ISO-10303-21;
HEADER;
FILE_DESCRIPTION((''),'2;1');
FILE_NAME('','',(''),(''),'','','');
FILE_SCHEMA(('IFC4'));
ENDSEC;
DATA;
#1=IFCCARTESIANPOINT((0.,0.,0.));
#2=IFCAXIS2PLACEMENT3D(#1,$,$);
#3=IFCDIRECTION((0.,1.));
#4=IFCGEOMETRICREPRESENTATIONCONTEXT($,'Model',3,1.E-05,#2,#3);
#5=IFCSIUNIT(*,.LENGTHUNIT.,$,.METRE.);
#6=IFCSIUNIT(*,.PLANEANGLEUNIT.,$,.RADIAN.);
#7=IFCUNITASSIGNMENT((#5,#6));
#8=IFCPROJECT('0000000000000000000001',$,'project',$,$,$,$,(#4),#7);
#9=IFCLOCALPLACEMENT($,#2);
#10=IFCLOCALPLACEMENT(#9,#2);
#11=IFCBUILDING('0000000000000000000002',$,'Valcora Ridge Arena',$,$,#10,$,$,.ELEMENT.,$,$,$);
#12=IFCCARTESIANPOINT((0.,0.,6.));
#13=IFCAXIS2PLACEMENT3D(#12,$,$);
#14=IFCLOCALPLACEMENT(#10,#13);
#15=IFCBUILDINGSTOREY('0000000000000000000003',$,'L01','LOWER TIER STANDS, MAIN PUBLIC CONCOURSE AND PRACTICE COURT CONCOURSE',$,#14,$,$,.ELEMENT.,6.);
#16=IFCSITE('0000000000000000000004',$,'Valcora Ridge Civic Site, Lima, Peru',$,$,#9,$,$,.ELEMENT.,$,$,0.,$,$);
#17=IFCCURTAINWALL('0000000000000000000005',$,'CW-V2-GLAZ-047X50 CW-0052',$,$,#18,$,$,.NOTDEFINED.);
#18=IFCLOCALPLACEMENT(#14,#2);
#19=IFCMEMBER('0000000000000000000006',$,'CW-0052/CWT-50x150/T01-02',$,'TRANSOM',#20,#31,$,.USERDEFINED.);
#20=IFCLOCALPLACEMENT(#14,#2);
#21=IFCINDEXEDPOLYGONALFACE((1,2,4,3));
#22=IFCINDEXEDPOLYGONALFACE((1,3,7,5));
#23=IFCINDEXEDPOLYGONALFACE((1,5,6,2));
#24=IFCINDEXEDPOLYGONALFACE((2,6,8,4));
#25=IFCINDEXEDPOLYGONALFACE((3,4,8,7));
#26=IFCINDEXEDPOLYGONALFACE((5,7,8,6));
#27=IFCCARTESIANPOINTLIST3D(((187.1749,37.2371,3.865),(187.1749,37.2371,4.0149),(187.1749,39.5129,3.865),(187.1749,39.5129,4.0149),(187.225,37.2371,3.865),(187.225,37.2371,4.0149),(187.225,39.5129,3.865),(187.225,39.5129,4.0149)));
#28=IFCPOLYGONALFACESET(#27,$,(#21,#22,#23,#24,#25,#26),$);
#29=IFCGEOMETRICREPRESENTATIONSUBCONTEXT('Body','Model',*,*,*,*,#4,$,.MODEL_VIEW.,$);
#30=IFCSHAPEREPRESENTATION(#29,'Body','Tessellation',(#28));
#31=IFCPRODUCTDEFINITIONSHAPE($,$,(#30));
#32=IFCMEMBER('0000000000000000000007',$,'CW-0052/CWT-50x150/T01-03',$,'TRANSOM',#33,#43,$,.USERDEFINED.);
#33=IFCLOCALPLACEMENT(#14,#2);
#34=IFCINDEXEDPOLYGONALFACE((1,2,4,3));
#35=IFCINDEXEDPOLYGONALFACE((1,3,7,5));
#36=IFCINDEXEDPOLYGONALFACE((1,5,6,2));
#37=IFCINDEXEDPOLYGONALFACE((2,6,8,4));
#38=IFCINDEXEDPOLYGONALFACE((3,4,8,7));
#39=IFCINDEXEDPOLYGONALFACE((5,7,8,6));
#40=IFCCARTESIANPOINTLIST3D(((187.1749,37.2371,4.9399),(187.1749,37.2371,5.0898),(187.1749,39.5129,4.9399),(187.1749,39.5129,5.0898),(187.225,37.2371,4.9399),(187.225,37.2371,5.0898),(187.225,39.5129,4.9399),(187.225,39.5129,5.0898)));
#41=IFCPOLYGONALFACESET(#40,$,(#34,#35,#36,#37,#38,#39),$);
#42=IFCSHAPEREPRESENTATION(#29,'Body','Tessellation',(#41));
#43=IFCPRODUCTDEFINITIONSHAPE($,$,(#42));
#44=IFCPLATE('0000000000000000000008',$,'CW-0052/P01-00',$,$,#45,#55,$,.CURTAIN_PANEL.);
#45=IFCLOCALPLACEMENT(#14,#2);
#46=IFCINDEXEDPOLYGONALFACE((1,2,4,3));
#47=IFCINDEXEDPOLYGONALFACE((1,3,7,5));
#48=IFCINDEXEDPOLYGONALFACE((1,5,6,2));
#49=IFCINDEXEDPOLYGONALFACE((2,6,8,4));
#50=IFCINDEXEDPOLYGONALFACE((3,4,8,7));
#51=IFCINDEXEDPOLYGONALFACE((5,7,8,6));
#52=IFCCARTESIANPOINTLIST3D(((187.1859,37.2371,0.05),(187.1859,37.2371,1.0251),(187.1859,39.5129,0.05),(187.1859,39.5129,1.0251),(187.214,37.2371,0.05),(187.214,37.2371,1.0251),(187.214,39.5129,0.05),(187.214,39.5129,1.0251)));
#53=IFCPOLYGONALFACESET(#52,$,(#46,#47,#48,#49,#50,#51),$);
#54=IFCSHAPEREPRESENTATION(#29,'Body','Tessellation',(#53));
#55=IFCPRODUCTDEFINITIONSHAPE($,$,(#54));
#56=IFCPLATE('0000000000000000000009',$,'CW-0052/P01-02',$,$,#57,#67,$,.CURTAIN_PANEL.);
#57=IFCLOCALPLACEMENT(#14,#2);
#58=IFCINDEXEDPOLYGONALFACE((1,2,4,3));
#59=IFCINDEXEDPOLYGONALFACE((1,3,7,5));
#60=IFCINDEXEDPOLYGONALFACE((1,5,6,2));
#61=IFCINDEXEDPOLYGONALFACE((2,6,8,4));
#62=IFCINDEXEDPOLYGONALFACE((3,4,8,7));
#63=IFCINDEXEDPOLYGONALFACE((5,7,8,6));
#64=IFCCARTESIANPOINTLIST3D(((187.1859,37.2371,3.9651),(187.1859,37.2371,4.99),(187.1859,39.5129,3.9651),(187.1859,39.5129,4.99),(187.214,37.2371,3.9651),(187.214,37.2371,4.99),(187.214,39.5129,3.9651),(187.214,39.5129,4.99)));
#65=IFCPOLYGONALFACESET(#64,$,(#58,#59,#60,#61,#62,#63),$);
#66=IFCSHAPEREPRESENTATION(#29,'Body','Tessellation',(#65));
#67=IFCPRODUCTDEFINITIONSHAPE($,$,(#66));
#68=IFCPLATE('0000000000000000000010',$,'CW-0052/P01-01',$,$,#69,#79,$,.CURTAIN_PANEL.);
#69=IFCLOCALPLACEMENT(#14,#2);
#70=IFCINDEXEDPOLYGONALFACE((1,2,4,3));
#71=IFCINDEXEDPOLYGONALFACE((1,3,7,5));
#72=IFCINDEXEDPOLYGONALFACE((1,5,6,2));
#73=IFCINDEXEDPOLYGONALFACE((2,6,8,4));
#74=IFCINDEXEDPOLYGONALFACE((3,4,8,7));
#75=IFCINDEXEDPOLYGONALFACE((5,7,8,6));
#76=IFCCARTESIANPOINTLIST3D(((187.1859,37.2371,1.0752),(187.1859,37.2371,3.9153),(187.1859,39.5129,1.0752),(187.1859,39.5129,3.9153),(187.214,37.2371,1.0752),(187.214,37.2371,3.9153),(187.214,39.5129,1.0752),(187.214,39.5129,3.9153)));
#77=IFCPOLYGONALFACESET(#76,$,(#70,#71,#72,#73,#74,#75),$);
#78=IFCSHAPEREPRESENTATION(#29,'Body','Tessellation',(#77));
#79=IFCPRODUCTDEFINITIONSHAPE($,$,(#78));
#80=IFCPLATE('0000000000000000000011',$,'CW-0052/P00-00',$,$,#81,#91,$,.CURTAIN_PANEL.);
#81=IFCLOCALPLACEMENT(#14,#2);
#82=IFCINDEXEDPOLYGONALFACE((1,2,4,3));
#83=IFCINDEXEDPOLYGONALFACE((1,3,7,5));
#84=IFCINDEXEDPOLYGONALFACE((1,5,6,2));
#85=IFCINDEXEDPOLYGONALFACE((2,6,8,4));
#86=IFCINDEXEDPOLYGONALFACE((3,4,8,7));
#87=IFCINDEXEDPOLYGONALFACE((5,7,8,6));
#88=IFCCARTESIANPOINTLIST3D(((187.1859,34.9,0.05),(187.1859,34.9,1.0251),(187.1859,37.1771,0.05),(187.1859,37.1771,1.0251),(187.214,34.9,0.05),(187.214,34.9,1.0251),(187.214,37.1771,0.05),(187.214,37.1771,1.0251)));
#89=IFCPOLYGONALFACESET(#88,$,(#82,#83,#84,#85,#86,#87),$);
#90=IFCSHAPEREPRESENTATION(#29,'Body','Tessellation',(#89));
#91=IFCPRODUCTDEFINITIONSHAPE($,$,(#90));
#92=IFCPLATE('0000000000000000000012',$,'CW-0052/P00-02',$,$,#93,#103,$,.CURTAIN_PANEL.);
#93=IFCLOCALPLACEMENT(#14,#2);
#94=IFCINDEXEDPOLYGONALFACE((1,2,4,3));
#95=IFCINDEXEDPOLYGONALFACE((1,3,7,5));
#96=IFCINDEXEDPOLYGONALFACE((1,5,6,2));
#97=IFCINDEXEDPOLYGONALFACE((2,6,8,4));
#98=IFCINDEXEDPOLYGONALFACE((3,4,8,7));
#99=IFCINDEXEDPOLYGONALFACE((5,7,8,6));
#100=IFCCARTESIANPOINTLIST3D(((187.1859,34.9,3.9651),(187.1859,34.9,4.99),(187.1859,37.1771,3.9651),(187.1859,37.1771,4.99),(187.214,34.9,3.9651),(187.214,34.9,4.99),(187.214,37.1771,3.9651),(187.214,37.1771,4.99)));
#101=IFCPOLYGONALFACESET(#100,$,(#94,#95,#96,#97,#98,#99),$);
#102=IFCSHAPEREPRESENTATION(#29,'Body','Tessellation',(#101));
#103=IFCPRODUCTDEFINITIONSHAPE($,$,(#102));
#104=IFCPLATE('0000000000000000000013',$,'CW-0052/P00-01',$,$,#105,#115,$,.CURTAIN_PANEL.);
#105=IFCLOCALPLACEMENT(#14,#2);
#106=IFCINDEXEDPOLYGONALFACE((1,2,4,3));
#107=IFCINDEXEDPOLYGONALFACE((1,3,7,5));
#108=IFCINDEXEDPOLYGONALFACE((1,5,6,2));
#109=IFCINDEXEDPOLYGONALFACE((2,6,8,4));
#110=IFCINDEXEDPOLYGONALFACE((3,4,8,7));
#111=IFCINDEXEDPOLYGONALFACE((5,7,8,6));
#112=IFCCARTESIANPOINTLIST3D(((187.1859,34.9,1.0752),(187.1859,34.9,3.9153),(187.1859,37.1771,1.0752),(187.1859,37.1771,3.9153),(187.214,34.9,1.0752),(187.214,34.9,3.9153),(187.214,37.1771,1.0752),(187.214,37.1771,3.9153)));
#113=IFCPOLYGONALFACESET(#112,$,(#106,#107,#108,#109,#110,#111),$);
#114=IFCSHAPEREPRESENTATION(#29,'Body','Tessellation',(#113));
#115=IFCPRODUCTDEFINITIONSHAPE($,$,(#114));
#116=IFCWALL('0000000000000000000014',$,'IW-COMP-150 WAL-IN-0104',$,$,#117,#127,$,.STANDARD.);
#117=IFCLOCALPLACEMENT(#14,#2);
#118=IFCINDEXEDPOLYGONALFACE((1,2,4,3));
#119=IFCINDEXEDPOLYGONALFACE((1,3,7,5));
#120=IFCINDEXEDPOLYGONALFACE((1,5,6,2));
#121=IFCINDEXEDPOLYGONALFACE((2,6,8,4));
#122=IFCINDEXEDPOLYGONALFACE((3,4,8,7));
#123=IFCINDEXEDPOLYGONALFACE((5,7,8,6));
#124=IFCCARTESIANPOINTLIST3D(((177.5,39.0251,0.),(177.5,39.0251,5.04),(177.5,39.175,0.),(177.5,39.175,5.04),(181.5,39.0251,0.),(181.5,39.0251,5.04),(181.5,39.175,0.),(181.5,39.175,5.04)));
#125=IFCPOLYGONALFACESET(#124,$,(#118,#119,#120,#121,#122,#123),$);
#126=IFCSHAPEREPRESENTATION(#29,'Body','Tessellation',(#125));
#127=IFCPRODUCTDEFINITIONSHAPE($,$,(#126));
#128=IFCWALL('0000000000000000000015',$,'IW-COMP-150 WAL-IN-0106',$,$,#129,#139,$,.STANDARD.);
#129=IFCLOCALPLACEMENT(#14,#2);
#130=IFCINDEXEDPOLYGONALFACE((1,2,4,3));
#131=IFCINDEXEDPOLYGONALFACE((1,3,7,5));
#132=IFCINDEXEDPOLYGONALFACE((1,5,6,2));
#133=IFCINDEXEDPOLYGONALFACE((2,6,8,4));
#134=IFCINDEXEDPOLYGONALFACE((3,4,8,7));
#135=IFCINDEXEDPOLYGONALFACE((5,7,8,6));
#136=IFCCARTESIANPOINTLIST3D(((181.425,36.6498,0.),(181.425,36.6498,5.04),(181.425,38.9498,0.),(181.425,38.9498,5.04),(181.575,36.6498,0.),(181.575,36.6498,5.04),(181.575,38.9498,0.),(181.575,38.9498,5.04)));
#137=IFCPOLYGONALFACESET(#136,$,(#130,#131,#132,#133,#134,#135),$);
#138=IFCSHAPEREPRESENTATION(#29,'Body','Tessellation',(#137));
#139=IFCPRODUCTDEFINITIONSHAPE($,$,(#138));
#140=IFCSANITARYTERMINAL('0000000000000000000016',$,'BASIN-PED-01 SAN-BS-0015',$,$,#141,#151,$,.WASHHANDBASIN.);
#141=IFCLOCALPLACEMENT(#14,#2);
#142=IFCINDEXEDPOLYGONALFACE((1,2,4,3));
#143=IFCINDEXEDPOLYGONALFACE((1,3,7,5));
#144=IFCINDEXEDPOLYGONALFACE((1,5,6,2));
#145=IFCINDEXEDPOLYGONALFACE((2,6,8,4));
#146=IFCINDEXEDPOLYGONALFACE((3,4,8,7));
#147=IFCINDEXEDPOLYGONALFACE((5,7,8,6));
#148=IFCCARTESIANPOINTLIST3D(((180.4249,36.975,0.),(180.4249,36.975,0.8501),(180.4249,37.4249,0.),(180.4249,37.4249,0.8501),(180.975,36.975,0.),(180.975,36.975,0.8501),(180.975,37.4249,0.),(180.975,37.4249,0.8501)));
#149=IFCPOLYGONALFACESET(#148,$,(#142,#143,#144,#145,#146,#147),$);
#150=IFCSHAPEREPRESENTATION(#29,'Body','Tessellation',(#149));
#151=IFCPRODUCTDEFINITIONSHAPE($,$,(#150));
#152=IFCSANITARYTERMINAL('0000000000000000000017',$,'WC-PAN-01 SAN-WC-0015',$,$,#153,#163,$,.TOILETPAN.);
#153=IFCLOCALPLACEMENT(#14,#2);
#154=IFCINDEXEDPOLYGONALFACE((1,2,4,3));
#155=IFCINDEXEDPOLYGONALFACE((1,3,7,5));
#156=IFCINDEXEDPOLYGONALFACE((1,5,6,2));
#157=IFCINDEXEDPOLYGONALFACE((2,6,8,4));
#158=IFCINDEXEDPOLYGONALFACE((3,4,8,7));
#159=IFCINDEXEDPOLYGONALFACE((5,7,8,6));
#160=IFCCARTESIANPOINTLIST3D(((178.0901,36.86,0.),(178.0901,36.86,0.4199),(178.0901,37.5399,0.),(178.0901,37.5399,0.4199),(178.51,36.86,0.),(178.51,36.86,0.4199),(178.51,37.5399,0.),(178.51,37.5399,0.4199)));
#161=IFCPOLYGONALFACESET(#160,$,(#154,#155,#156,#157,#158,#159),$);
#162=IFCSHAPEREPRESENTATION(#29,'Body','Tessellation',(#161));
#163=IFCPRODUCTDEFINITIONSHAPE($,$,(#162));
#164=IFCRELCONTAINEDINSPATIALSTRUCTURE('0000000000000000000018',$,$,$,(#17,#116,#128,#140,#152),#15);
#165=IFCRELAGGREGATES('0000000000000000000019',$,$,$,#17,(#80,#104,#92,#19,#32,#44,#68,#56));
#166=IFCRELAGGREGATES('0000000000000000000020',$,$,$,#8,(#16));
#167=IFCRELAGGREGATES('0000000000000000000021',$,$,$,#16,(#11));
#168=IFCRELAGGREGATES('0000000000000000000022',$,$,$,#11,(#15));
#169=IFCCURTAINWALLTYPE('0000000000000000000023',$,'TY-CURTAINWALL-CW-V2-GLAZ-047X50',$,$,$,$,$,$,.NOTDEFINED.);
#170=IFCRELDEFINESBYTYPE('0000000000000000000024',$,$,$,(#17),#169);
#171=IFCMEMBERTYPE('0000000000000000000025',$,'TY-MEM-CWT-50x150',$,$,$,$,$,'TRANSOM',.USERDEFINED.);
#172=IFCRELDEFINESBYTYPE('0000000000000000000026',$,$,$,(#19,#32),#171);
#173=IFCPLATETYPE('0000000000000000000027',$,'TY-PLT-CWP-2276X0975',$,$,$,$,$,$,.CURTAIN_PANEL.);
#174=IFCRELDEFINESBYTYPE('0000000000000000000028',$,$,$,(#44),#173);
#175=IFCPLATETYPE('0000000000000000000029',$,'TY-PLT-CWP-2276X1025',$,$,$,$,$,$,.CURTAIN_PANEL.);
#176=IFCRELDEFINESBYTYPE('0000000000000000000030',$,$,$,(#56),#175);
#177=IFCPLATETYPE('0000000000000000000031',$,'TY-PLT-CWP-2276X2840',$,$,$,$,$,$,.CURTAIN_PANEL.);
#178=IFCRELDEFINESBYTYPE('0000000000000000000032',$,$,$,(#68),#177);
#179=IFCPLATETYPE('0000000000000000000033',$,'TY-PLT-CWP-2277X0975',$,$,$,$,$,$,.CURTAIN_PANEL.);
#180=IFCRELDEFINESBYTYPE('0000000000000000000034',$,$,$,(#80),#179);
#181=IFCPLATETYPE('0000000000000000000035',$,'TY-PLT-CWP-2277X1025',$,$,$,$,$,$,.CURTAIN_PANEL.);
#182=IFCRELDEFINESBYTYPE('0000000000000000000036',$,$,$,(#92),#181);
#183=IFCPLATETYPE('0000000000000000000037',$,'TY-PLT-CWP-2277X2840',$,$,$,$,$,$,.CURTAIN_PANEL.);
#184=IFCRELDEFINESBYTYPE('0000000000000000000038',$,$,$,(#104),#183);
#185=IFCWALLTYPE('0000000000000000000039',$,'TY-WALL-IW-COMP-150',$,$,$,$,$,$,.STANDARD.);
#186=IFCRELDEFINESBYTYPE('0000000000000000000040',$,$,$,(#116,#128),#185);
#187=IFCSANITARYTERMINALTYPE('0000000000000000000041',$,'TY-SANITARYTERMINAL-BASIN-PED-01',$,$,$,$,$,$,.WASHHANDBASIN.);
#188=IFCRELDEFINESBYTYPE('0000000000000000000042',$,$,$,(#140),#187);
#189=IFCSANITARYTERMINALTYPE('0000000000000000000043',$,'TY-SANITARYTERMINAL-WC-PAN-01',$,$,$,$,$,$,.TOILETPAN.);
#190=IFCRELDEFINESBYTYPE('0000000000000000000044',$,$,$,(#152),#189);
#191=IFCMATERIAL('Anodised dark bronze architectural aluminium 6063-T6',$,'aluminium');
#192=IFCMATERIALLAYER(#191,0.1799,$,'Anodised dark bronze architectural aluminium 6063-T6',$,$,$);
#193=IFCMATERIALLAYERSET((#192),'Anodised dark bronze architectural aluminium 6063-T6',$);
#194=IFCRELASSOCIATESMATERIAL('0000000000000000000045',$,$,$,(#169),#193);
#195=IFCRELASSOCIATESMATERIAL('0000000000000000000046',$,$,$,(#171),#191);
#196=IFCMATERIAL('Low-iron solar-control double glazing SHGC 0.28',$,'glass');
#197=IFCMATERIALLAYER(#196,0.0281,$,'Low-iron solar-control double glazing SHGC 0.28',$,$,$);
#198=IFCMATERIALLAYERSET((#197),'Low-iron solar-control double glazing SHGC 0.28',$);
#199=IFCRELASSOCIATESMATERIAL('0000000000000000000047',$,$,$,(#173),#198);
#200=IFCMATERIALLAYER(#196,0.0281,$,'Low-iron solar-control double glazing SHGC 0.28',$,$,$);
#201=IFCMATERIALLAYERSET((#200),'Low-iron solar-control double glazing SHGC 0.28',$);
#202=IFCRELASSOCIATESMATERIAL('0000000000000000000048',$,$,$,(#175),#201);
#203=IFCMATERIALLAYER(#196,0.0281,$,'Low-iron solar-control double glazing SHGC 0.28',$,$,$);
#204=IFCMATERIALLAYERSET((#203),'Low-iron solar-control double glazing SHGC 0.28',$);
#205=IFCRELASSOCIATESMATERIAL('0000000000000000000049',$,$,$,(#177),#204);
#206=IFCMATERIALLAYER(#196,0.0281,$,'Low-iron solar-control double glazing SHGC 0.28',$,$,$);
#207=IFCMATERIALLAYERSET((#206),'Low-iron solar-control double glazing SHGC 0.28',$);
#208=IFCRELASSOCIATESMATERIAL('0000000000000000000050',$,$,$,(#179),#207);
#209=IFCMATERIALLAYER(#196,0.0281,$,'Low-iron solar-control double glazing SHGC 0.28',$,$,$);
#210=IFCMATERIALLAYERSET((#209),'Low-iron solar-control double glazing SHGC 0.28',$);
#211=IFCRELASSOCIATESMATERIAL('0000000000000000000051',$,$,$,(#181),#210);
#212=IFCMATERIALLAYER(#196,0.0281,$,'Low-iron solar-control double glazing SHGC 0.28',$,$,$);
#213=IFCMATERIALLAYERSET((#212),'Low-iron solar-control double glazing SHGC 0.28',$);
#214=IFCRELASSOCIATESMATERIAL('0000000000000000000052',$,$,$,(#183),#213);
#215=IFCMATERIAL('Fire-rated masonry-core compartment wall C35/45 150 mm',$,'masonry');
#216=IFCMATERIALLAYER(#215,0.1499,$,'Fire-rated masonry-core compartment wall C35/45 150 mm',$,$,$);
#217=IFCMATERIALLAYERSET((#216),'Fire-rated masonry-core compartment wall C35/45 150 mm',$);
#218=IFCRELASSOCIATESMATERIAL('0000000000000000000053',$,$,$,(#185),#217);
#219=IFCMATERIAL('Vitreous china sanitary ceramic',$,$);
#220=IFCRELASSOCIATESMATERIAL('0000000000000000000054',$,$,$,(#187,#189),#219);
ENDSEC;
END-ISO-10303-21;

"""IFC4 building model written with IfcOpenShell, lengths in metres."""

from ifc_helpers import new_model, si_unit, direction, frame, frame_2d, origin, origin_2d, place, context, subcontext, project, spatial, rectangle, extrude, material, layer, layer_set, material_profile, profile_set, type_object, element, aggregate, save


model = new_model("IFC4")

# Units and contexts
model_context = context("Model", 3, precision=1e-05, world=origin(), true_north=direction((0.0, 1.0)))
body_context = subcontext(model_context, "Body", "Model", "MODEL_VIEW")
ifc_project = project(units=[si_unit("LENGTHUNIT", "METRE"), si_unit("PLANEANGLEUNIT", "RADIAN")], contexts=[model_context])

# Site, building, storey
site_placement = place(None, origin())
site = spatial("IfcSite", under=ifc_project, at=site_placement, Name="Valcora Ridge Civic Site, Lima, Peru", CompositionType="ELEMENT", RefElevation=0.0)
building_placement = place(site_placement, origin())
building = spatial("IfcBuilding", under=site, at=building_placement, Name="Valcora Ridge Arena", CompositionType="ELEMENT")
storey_placement = place(building_placement, frame((0.0, 0.0, 6.0)))
storey = spatial("IfcBuildingStorey", under=building, at=storey_placement, Name="L01", Description="LOWER TIER STANDS, MAIN PUBLIC CONCOURSE AND PRACTICE COURT CONCOURSE", CompositionType="ELEMENT", Elevation=6.0)

# Curtain wall
ifc_material_1 = material(Name="Anodised dark bronze architectural aluminium 6063-T6", Category="aluminium")
ifc_layer_1 = layer(ifc_material_1, 0.1799, Name="Anodised dark bronze architectural aluminium 6063-T6")
ifc_layer_set_1 = layer_set([ifc_layer_1], Name="Anodised dark bronze architectural aluminium 6063-T6")
curtain_wall_type_1 = type_object("IfcCurtainWallType", Name="TY-CURTAINWALL-CW-V2-GLAZ-047X50", PredefinedType="NOTDEFINED", material=ifc_layer_set_1)
curtain_wall_1_placement = place(storey_placement, origin())
curtain_wall_1 = element("IfcCurtainWall", 1, at=curtain_wall_1_placement, inside=storey, type_object=curtain_wall_type_1, Name="CW-V2-GLAZ-047X50 CW-0052", PredefinedType="NOTDEFINED")

# Members
ifc_material_profile_1 = material_profile(ifc_material_1, rectangle(XDim=0.05, YDim=0.1499, at=origin_2d()), Name="ALU TRANSOM 50x150")
ifc_profile_set_1 = profile_set([ifc_material_profile_1], Name="Anodised dark bronze architectural aluminium 6063-T6")
member_type_1 = type_object("IfcMemberType", Name="TY-MEM-CWT-50x150", ElementType="TRANSOM", PredefinedType="USERDEFINED", material=ifc_profile_set_1)
member_1_placement = place(storey_placement, frame((187.2, 37.2371, 3.9399), z_axis=(0.0, 1.0, 0.0), x_axis=(-1.0, 0.0, 0.0)))
member_1 = element("IfcMember", 2, at=member_1_placement, type_object=member_type_1, Name="CW-0052/CWT-50x150/T01-02", ObjectType="TRANSOM", PredefinedType="USERDEFINED", context=body_context, shape_type="SweptSolid", body=[
    extrude(rectangle(XDim=0.05, YDim=0.1499, at=origin_2d()), origin(), (0.0, 0.0, 1.0), 2.2759),
])
member_2_placement = place(storey_placement, frame((187.2, 37.2371, 5.0149), z_axis=(0.0, 1.0, 0.0), x_axis=(-1.0, 0.0, 0.0)))
member_2 = element("IfcMember", 3, at=member_2_placement, type_object=member_type_1, Name="CW-0052/CWT-50x150/T01-03", ObjectType="TRANSOM", PredefinedType="USERDEFINED", context=body_context, shape_type="SweptSolid", body=[
    extrude(rectangle(XDim=0.05, YDim=0.1499, at=origin_2d()), origin(), (0.0, 0.0, 1.0), 2.2759),
])

# Plates
ifc_material_2 = material(Name="Low-iron solar-control double glazing SHGC 0.28", Category="glass")
ifc_layer_2 = layer(ifc_material_2, 0.0281, Name="Low-iron solar-control double glazing SHGC 0.28")
ifc_layer_set_2 = layer_set([ifc_layer_2], Name="Low-iron solar-control double glazing SHGC 0.28")
plate_type_1 = type_object("IfcPlateType", Name="TY-PLT-CWP-2276X0975", PredefinedType="CURTAIN_PANEL", material=ifc_layer_set_2)
plate_1_placement = place(storey_placement, frame((187.2, 38.375, 0.05), z_axis=(0.0, 0.0, 1.0), x_axis=(0.0, 1.0, 0.0)))
plate_1 = element("IfcPlate", 4, at=plate_1_placement, type_object=plate_type_1, Name="CW-0052/P01-00", PredefinedType="CURTAIN_PANEL", context=body_context, shape_type="SweptSolid", body=[
    extrude(rectangle(XDim=2.2759, YDim=0.0281, at=origin_2d()), origin(), (0.0, 0.0, 1.0), 0.9751),
])
ifc_layer_3 = layer(ifc_material_2, 0.0281, Name="Low-iron solar-control double glazing SHGC 0.28")
ifc_layer_set_3 = layer_set([ifc_layer_3], Name="Low-iron solar-control double glazing SHGC 0.28")
plate_type_2 = type_object("IfcPlateType", Name="TY-PLT-CWP-2276X1025", PredefinedType="CURTAIN_PANEL", material=ifc_layer_set_3)
plate_2_placement = place(storey_placement, frame((187.2, 38.375, 3.9651), z_axis=(0.0, 0.0, 1.0), x_axis=(0.0, 1.0, 0.0)))
plate_2 = element("IfcPlate", 5, at=plate_2_placement, type_object=plate_type_2, Name="CW-0052/P01-02", PredefinedType="CURTAIN_PANEL", context=body_context, shape_type="SweptSolid", body=[
    extrude(rectangle(XDim=2.2759, YDim=0.0281, at=origin_2d()), origin(), (0.0, 0.0, 1.0), 1.0249),
])
ifc_layer_4 = layer(ifc_material_2, 0.0281, Name="Low-iron solar-control double glazing SHGC 0.28")
ifc_layer_set_4 = layer_set([ifc_layer_4], Name="Low-iron solar-control double glazing SHGC 0.28")
plate_type_3 = type_object("IfcPlateType", Name="TY-PLT-CWP-2276X2840", PredefinedType="CURTAIN_PANEL", material=ifc_layer_set_4)
plate_3_placement = place(storey_placement, frame((187.2, 38.375, 1.0752), z_axis=(0.0, 0.0, 1.0), x_axis=(0.0, 1.0, 0.0)))
plate_3 = element("IfcPlate", 6, at=plate_3_placement, type_object=plate_type_3, Name="CW-0052/P01-01", PredefinedType="CURTAIN_PANEL", context=body_context, shape_type="SweptSolid", body=[
    extrude(rectangle(XDim=2.2759, YDim=0.0281, at=origin_2d()), origin(), (0.0, 0.0, 1.0), 2.8401),
])
ifc_layer_5 = layer(ifc_material_2, 0.0281, Name="Low-iron solar-control double glazing SHGC 0.28")
ifc_layer_set_5 = layer_set([ifc_layer_5], Name="Low-iron solar-control double glazing SHGC 0.28")
plate_type_4 = type_object("IfcPlateType", Name="TY-PLT-CWP-2277X0975", PredefinedType="CURTAIN_PANEL", material=ifc_layer_set_5)
plate_4_placement = place(storey_placement, frame((187.2, 36.0386, 0.05), z_axis=(0.0, 0.0, 1.0), x_axis=(0.0, 1.0, 0.0)))
plate_4 = element("IfcPlate", 7, at=plate_4_placement, type_object=plate_type_4, Name="CW-0052/P00-00", PredefinedType="CURTAIN_PANEL", context=body_context, shape_type="SweptSolid", body=[
    extrude(rectangle(XDim=2.2771, YDim=0.0281, at=origin_2d()), origin(), (0.0, 0.0, 1.0), 0.9751),
])
ifc_layer_6 = layer(ifc_material_2, 0.0281, Name="Low-iron solar-control double glazing SHGC 0.28")
ifc_layer_set_6 = layer_set([ifc_layer_6], Name="Low-iron solar-control double glazing SHGC 0.28")
plate_type_5 = type_object("IfcPlateType", Name="TY-PLT-CWP-2277X1025", PredefinedType="CURTAIN_PANEL", material=ifc_layer_set_6)
plate_5_placement = place(storey_placement, frame((187.2, 36.0386, 3.9651), z_axis=(0.0, 0.0, 1.0), x_axis=(0.0, 1.0, 0.0)))
plate_5 = element("IfcPlate", 8, at=plate_5_placement, type_object=plate_type_5, Name="CW-0052/P00-02", PredefinedType="CURTAIN_PANEL", context=body_context, shape_type="SweptSolid", body=[
    extrude(rectangle(XDim=2.2771, YDim=0.0281, at=origin_2d()), origin(), (0.0, 0.0, 1.0), 1.0249),
])
ifc_layer_7 = layer(ifc_material_2, 0.0281, Name="Low-iron solar-control double glazing SHGC 0.28")
ifc_layer_set_7 = layer_set([ifc_layer_7], Name="Low-iron solar-control double glazing SHGC 0.28")
plate_type_6 = type_object("IfcPlateType", Name="TY-PLT-CWP-2277X2840", PredefinedType="CURTAIN_PANEL", material=ifc_layer_set_7)
plate_6_placement = place(storey_placement, frame((187.2, 36.0386, 1.0752), z_axis=(0.0, 0.0, 1.0), x_axis=(0.0, 1.0, 0.0)))
plate_6 = element("IfcPlate", 9, at=plate_6_placement, type_object=plate_type_6, Name="CW-0052/P00-01", PredefinedType="CURTAIN_PANEL", context=body_context, shape_type="SweptSolid", body=[
    extrude(rectangle(XDim=2.2771, YDim=0.0281, at=origin_2d()), origin(), (0.0, 0.0, 1.0), 2.8401),
])
aggregate(curtain_wall_1, [plate_4, plate_6, plate_5, member_1, member_2, plate_1, plate_3, plate_2])

# Walls
ifc_material_3 = material(Name="Fire-rated masonry-core compartment wall C35/45 150 mm", Category="masonry")
ifc_layer_8 = layer(ifc_material_3, 0.1499, Name="Fire-rated masonry-core compartment wall C35/45 150 mm")
ifc_layer_set_8 = layer_set([ifc_layer_8], Name="Fire-rated masonry-core compartment wall C35/45 150 mm")
wall_type = type_object("IfcWallType", Name="TY-WALL-IW-COMP-150", PredefinedType="STANDARD", material=ifc_layer_set_8)
wall_1_placement = place(storey_placement, frame((177.5, 39.1001, 0.0), z_axis=(0.0, 0.0, 1.0), x_axis=(1.0, 0.0, 0.0)))
element("IfcWall", 10, at=wall_1_placement, inside=storey, type_object=wall_type, Name="IW-COMP-150 WAL-IN-0104", PredefinedType="STANDARD", context=body_context, shape_type="SweptSolid", body=[
    extrude(rectangle(XDim=4.0, YDim=0.1499, at=frame_2d((2.0, 0.0))), origin(), (0.0, 0.0, 1.0), 5.04),
])
wall_2_placement = place(storey_placement, frame((181.5, 36.6499, 0.0), z_axis=(0.0, 0.0, 1.0), x_axis=(0.0, 1.0, 0.0)))
element("IfcWall", 11, at=wall_2_placement, inside=storey, type_object=wall_type, Name="IW-COMP-150 WAL-IN-0106", PredefinedType="STANDARD", context=body_context, shape_type="SweptSolid", body=[
    extrude(rectangle(XDim=2.3, YDim=0.1499, at=frame_2d((1.1499, 0.0))), origin(), (0.0, 0.0, 1.0), 5.04),
])

# Sanitary terminals
ifc_material_4 = material(Name="Vitreous china sanitary ceramic")
sanitary_terminal_type_1 = type_object("IfcSanitaryTerminalType", Name="TY-SANITARYTERMINAL-BASIN-PED-01", PredefinedType="WASHHANDBASIN", material=ifc_material_4)
sanitary_terminal_1_placement = place(storey_placement, frame((180.7, 37.2, 0.0), z_axis=(0.0, 0.0, 1.0), x_axis=(1.0, 0.0, 0.0)))
element("IfcSanitaryTerminal", 12, at=sanitary_terminal_1_placement, inside=storey, type_object=sanitary_terminal_type_1, Name="BASIN-PED-01 SAN-BS-0015", PredefinedType="WASHHANDBASIN", context=body_context, shape_type="SweptSolid", body=[
    extrude(rectangle(XDim=0.55, YDim=0.45, at=origin_2d()), origin(), (0.0, 0.0, 1.0), 0.8501),
])
sanitary_terminal_type_2 = type_object("IfcSanitaryTerminalType", Name="TY-SANITARYTERMINAL-WC-PAN-01", PredefinedType="TOILETPAN", material=ifc_material_4)
sanitary_terminal_2_placement = place(storey_placement, frame((178.3, 37.2, 0.0), z_axis=(0.0, 0.0, 1.0), x_axis=(1.0, 0.0, 0.0)))
element("IfcSanitaryTerminal", 13, at=sanitary_terminal_2_placement, inside=storey, type_object=sanitary_terminal_type_2, Name="WC-PAN-01 SAN-WC-0015", PredefinedType="TOILETPAN", context=body_context, shape_type="SweptSolid", body=[
    extrude(rectangle(XDim=0.4199, YDim=0.6799, at=origin_2d()), origin(), (0.0, 0.0, 1.0), 0.4199),
])

save(model, "model.ifc")
